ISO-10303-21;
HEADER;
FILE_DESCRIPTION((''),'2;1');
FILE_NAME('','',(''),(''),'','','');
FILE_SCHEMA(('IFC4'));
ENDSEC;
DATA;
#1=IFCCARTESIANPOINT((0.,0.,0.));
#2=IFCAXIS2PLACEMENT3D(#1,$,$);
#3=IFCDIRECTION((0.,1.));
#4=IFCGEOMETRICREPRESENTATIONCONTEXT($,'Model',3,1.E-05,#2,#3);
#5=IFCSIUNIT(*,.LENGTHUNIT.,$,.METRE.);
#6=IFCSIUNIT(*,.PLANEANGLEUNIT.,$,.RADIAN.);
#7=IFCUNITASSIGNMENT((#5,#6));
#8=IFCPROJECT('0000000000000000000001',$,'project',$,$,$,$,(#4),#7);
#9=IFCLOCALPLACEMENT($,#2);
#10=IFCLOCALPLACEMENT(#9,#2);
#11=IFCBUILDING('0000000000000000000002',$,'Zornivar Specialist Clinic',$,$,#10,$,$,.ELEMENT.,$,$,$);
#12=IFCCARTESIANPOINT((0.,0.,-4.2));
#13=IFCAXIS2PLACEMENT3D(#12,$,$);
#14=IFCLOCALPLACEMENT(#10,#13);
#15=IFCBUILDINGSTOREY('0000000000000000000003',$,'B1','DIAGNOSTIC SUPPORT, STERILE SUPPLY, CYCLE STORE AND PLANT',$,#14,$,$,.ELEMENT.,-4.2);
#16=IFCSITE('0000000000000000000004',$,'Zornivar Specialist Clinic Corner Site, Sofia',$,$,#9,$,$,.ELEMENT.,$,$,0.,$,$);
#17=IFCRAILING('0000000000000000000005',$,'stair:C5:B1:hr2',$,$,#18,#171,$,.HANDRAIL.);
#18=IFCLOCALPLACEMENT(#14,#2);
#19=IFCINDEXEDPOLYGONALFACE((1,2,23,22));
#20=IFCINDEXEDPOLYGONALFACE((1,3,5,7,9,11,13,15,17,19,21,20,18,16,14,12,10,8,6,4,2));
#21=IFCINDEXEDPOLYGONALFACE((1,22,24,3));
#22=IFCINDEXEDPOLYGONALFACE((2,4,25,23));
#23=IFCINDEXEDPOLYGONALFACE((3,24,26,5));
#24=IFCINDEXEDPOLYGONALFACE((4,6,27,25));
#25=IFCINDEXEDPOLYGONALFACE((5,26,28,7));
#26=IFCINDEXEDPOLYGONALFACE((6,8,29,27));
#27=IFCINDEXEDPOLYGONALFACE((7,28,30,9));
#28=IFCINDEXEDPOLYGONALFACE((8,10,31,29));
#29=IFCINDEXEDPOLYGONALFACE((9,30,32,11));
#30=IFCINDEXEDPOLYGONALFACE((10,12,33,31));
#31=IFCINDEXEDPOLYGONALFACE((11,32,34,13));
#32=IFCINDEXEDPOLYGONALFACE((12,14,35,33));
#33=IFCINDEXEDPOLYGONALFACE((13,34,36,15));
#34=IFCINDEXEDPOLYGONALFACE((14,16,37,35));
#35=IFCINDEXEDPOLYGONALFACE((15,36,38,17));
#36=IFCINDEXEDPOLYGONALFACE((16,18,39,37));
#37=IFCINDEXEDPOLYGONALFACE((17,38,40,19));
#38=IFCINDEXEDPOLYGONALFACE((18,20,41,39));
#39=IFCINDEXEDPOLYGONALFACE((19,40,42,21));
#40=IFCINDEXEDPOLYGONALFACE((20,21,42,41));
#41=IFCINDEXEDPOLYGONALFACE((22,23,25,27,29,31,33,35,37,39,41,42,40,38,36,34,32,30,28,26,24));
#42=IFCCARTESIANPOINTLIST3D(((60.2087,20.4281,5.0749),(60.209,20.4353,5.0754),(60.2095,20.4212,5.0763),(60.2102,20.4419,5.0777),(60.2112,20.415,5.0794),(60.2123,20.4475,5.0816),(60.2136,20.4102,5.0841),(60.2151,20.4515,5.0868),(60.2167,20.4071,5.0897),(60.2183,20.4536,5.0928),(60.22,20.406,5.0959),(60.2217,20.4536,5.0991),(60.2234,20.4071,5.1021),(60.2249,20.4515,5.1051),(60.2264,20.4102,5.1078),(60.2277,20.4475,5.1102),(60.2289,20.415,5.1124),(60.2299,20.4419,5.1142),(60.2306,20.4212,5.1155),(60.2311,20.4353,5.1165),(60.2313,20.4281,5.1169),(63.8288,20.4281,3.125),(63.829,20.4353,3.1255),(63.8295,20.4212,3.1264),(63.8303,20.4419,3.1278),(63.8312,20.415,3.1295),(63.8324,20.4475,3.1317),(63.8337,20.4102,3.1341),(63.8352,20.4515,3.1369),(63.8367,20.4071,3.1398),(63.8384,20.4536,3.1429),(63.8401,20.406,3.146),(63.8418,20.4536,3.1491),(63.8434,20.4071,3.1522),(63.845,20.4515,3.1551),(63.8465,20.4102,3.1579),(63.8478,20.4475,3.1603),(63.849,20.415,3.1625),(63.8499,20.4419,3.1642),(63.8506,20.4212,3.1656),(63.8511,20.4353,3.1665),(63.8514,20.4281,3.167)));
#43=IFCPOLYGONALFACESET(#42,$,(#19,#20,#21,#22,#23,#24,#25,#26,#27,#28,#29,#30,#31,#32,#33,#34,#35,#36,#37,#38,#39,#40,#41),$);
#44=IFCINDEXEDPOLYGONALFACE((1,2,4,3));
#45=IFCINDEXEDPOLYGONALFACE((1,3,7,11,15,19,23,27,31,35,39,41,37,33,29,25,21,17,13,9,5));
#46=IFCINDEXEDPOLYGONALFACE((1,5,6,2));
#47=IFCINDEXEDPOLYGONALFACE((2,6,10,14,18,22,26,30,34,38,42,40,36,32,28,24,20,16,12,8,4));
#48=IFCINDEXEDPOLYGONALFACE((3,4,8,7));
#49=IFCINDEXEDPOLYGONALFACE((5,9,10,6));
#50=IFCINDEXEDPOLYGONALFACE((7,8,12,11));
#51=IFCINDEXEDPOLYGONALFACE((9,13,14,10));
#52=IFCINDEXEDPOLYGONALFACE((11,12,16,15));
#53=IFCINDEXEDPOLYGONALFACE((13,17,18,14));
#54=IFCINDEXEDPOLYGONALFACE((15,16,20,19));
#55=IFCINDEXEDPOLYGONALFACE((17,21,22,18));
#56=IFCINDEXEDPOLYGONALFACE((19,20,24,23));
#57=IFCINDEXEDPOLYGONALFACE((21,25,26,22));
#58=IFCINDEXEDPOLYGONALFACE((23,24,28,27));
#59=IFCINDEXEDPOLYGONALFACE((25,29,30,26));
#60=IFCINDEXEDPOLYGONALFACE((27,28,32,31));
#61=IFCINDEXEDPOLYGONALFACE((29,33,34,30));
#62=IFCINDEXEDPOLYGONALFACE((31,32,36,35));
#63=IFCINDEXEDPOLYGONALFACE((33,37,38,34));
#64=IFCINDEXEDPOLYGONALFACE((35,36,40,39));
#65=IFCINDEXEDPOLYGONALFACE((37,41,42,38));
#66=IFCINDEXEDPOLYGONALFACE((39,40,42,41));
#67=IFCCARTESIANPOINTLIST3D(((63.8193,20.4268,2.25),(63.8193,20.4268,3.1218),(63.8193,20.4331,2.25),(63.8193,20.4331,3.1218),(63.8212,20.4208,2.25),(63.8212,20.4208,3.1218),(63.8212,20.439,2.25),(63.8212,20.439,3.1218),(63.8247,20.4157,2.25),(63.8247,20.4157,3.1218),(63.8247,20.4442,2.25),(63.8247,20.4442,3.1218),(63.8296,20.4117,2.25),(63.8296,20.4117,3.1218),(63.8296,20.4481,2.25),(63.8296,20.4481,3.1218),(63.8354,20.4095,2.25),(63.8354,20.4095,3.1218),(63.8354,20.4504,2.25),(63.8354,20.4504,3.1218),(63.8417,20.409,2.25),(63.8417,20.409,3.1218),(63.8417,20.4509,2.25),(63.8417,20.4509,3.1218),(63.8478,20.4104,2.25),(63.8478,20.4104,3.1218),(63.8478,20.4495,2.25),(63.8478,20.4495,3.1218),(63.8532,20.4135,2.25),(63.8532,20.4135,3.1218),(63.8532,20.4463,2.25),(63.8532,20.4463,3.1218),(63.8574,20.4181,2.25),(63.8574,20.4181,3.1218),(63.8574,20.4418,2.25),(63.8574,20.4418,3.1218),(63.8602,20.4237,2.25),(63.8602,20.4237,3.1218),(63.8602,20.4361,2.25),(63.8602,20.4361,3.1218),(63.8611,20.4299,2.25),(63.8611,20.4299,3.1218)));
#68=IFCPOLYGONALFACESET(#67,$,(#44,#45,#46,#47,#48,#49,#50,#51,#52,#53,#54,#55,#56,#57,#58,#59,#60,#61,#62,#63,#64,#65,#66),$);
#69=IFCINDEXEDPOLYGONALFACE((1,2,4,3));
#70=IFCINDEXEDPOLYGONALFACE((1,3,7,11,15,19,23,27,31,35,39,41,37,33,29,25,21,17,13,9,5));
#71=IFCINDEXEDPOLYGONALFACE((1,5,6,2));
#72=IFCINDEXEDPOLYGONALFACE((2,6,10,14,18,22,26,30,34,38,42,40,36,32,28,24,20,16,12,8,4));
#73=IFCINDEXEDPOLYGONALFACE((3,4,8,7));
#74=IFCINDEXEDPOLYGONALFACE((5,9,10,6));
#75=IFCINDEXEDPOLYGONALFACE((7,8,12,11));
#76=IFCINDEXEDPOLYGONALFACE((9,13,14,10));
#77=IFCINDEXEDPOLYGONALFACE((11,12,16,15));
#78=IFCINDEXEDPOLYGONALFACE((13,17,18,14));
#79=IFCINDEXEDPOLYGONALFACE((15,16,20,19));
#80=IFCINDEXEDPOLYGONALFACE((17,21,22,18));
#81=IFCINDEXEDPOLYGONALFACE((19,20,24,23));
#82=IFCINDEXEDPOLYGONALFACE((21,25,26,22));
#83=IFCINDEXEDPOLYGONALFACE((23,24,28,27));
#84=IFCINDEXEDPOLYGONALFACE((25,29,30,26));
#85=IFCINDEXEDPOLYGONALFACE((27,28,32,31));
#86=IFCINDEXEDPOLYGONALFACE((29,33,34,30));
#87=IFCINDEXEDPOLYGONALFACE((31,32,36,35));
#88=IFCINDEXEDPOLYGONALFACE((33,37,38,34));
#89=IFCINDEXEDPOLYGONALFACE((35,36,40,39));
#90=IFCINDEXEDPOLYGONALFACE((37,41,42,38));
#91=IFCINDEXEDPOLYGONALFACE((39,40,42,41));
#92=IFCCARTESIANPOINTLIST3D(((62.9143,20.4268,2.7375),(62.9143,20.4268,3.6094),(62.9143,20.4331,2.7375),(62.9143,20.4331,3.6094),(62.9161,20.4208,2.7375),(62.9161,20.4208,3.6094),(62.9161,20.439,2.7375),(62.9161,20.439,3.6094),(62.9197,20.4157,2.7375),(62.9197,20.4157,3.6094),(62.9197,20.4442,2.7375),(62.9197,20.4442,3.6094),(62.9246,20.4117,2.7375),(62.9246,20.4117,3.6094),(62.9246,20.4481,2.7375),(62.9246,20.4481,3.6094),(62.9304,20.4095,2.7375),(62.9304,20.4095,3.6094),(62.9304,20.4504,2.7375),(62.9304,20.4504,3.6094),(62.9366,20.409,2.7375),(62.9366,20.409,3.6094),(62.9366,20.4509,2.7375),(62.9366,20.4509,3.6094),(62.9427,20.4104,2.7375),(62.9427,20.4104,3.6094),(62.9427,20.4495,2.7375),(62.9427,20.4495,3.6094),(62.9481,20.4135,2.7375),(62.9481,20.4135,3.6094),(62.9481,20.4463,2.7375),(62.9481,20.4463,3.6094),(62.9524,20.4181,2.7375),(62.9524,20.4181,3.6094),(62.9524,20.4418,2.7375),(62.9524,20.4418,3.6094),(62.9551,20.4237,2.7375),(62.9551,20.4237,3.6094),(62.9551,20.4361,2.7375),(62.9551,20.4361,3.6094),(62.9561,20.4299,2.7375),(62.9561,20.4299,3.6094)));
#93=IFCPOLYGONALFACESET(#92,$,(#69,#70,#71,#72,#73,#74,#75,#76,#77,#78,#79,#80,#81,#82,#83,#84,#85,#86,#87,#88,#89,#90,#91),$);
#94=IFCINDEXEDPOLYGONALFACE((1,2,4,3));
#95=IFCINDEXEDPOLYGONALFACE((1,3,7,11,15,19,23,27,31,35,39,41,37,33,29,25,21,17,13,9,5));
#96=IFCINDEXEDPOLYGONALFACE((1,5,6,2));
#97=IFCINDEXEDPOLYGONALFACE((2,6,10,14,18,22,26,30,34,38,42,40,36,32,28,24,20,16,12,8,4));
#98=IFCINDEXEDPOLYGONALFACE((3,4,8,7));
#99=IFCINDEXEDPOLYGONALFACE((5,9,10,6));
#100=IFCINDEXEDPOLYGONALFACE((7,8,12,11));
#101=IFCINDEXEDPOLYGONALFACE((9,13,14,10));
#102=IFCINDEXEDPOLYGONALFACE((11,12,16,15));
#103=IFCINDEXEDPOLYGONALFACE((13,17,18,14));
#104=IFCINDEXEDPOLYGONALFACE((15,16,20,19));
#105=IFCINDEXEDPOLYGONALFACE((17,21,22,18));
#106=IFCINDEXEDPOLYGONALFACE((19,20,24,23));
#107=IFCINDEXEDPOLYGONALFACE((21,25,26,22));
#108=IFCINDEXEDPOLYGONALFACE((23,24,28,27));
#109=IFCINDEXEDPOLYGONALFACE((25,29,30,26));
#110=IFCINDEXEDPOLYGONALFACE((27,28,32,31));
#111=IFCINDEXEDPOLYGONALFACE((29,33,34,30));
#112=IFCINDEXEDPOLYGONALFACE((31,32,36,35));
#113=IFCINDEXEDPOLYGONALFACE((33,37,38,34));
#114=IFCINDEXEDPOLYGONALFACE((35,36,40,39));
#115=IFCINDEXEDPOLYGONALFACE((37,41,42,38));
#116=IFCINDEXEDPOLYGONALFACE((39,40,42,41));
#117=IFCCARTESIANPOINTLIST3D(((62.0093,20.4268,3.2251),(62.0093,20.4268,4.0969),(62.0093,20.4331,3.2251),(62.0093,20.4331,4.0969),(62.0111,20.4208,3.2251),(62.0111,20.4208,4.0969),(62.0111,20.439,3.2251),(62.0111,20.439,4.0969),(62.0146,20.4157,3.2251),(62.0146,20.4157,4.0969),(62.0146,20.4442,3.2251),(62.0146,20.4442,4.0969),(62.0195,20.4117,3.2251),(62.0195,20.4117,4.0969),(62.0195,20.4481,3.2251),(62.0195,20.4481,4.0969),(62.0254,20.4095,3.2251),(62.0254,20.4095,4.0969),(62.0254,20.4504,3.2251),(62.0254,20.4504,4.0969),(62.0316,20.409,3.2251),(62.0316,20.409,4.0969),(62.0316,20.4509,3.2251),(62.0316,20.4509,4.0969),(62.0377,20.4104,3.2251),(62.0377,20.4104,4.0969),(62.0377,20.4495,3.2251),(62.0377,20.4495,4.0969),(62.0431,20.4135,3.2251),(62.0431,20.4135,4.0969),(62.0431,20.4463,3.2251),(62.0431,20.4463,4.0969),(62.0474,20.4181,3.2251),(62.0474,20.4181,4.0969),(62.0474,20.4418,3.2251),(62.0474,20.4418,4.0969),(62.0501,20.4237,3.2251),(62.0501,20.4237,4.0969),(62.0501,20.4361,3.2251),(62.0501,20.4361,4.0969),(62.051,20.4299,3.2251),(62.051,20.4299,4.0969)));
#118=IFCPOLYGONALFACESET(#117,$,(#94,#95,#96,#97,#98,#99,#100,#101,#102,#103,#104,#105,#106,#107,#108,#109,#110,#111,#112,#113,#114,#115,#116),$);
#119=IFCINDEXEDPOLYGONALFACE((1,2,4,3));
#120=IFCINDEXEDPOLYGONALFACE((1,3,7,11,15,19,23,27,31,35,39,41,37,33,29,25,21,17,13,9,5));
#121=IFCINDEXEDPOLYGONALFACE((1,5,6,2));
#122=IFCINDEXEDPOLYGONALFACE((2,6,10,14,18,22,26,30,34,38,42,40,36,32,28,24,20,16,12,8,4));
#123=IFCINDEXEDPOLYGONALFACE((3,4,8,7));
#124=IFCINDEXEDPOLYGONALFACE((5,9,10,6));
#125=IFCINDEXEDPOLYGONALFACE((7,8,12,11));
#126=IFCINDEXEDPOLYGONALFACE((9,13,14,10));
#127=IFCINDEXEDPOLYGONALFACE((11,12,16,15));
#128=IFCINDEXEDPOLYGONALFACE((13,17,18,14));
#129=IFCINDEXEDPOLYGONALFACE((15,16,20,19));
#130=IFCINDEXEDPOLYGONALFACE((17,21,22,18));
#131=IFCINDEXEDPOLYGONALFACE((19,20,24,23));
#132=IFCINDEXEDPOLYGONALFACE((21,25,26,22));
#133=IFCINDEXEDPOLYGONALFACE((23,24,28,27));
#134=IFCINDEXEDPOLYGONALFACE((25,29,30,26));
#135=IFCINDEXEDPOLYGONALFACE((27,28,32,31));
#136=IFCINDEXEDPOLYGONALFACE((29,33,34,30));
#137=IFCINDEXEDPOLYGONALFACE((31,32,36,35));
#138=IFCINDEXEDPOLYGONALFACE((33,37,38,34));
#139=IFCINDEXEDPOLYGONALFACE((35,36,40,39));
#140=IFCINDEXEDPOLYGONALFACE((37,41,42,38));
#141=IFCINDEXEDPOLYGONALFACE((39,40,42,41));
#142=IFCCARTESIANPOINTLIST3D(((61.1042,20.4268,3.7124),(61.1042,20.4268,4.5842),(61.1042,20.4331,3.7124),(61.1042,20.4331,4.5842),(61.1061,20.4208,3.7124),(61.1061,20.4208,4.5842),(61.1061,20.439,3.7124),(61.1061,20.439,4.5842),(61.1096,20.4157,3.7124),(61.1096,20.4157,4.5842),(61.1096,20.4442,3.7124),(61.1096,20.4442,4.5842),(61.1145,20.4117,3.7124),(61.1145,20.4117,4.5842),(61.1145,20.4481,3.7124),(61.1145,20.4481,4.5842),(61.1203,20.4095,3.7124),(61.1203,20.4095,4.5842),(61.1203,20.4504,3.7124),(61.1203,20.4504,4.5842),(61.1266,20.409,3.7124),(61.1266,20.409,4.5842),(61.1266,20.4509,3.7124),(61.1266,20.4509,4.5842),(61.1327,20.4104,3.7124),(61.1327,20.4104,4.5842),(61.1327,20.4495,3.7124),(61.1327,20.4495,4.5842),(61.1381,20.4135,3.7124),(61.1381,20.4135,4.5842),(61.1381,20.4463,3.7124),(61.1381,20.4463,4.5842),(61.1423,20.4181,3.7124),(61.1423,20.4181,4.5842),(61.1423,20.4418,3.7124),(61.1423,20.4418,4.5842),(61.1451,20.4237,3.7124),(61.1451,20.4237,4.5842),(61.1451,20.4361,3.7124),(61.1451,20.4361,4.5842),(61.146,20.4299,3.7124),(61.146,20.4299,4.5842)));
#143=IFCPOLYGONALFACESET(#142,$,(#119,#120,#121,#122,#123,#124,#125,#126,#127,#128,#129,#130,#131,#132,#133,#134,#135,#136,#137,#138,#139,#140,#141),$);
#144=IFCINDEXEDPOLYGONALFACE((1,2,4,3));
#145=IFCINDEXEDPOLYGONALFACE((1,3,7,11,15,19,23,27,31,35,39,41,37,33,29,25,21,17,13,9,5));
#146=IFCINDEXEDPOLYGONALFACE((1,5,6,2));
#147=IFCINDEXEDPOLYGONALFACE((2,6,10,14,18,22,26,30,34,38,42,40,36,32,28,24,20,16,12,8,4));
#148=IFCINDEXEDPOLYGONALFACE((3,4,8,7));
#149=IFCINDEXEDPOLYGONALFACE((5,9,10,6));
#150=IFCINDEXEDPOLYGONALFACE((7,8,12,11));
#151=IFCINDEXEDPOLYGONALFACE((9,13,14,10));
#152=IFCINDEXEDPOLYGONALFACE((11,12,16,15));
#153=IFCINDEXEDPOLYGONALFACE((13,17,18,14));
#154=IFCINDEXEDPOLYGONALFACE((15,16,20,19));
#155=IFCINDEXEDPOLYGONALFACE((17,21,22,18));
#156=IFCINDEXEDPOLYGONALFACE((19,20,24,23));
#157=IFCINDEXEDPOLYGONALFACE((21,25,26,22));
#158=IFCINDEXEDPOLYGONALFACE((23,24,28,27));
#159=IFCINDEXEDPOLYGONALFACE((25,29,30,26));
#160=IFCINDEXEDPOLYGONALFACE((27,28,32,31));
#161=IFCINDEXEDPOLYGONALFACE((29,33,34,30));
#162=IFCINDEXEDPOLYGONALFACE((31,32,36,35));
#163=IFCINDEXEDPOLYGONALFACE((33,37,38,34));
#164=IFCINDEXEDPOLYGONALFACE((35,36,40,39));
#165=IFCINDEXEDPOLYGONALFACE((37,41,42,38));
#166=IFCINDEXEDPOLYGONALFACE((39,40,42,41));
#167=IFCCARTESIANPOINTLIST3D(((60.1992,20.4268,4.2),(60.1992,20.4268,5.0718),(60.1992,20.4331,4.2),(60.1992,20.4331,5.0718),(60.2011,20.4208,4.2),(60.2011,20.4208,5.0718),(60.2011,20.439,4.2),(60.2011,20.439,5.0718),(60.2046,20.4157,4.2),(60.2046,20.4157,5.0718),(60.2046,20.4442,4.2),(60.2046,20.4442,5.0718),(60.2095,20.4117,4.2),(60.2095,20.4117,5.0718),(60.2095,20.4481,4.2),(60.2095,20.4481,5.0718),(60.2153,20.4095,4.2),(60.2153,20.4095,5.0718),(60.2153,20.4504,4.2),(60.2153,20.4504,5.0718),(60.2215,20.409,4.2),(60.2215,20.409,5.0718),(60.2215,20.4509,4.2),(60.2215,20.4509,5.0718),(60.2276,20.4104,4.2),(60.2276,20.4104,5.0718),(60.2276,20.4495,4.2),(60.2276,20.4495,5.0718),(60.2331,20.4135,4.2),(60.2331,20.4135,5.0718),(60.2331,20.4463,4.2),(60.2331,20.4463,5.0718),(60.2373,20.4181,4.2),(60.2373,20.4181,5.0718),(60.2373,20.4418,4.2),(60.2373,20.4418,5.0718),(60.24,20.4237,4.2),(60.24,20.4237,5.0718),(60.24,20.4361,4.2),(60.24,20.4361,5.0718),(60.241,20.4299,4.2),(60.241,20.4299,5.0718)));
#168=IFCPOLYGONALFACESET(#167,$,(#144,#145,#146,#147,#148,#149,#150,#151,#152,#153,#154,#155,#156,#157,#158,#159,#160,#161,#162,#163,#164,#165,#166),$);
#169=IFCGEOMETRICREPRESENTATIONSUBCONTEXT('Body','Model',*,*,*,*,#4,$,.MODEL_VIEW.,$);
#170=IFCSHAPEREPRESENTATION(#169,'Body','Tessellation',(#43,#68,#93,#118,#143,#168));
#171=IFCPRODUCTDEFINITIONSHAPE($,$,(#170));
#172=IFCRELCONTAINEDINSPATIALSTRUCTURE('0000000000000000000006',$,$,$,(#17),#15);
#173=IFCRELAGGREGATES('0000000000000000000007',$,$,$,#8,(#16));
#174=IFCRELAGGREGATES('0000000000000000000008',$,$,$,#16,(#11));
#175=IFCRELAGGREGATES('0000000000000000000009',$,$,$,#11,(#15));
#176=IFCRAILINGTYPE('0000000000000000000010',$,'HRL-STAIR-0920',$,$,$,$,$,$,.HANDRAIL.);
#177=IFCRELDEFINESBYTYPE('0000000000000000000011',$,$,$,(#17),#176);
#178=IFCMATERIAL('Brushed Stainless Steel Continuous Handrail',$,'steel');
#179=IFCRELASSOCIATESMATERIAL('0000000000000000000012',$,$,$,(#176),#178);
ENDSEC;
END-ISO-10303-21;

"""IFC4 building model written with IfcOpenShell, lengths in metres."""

from ifc_helpers import new_model, si_unit, direction, frame, origin, origin_2d, place, context, subcontext, project, spatial, circle, extrude, material, type_object, element, save


model = new_model("IFC4")

# Units and contexts
model_context = context("Model", 3, precision=1e-05, world=origin(), true_north=direction((0.0, 1.0)))
body_context = subcontext(model_context, "Body", "Model", "MODEL_VIEW")
ifc_project = project(units=[si_unit("LENGTHUNIT", "METRE"), si_unit("PLANEANGLEUNIT", "RADIAN")], contexts=[model_context])

# Site, building, storey
site_placement = place(None, origin())
site = spatial("IfcSite", under=ifc_project, at=site_placement, Name="Zornivar Specialist Clinic Corner Site, Sofia", CompositionType="ELEMENT", RefElevation=0.0)
building_placement = place(site_placement, origin())
building = spatial("IfcBuilding", under=site, at=building_placement, Name="Zornivar Specialist Clinic", CompositionType="ELEMENT")
storey_placement = place(building_placement, frame((0.0, 0.0, -4.2)))
storey = spatial("IfcBuildingStorey", under=building, at=storey_placement, Name="B1", Description="DIAGNOSTIC SUPPORT, STERILE SUPPLY, CYCLE STORE AND PLANT", CompositionType="ELEMENT", Elevation=-4.2)

# Railing
ifc_material_1 = material(Name="Brushed Stainless Steel Continuous Handrail", Category="steel")
railing_type_1 = type_object("IfcRailingType", Name="HRL-STAIR-0920", PredefinedType="HANDRAIL", material=ifc_material_1)
railing_1_placement = place(storey_placement, frame((63.8401, 20.4299, 2.25)))
element("IfcRailing", 1, at=railing_1_placement, inside=storey, type_object=railing_type_1, Name="stair:C5:B1:hr2", PredefinedType="HANDRAIL", context=body_context, shape_type="SweptSolid", body=[
    extrude(circle(Radius=0.0239, at=origin_2d()), frame((0.0, 0.0, 0.896), z_axis=(-0.880404, 0.0, 0.474224), x_axis=(0.0, -1.0, 0.0)), (0.0, 0.0, 1.0), 4.1118),
    extrude(circle(Radius=0.021, at=origin_2d()), origin(), (0.0, 0.0, 1.0), 0.8718),
    extrude(circle(Radius=0.021, at=origin_2d()), frame((-0.905, 0.0, 0.4875)), (0.0, 0.0, 1.0), 0.8718),
    extrude(circle(Radius=0.021, at=origin_2d()), frame((-1.8101, 0.0, 0.9751)), (0.0, 0.0, 1.0), 0.8718),
    extrude(circle(Radius=0.021, at=origin_2d()), frame((-2.7151, 0.0, 1.4624)), (0.0, 0.0, 1.0), 0.8718),
    extrude(circle(Radius=0.021, at=origin_2d()), frame((-3.6201, 0.0, 1.95)), (0.0, 0.0, 1.0), 0.8718),
])

save(model, "model.ifc")
